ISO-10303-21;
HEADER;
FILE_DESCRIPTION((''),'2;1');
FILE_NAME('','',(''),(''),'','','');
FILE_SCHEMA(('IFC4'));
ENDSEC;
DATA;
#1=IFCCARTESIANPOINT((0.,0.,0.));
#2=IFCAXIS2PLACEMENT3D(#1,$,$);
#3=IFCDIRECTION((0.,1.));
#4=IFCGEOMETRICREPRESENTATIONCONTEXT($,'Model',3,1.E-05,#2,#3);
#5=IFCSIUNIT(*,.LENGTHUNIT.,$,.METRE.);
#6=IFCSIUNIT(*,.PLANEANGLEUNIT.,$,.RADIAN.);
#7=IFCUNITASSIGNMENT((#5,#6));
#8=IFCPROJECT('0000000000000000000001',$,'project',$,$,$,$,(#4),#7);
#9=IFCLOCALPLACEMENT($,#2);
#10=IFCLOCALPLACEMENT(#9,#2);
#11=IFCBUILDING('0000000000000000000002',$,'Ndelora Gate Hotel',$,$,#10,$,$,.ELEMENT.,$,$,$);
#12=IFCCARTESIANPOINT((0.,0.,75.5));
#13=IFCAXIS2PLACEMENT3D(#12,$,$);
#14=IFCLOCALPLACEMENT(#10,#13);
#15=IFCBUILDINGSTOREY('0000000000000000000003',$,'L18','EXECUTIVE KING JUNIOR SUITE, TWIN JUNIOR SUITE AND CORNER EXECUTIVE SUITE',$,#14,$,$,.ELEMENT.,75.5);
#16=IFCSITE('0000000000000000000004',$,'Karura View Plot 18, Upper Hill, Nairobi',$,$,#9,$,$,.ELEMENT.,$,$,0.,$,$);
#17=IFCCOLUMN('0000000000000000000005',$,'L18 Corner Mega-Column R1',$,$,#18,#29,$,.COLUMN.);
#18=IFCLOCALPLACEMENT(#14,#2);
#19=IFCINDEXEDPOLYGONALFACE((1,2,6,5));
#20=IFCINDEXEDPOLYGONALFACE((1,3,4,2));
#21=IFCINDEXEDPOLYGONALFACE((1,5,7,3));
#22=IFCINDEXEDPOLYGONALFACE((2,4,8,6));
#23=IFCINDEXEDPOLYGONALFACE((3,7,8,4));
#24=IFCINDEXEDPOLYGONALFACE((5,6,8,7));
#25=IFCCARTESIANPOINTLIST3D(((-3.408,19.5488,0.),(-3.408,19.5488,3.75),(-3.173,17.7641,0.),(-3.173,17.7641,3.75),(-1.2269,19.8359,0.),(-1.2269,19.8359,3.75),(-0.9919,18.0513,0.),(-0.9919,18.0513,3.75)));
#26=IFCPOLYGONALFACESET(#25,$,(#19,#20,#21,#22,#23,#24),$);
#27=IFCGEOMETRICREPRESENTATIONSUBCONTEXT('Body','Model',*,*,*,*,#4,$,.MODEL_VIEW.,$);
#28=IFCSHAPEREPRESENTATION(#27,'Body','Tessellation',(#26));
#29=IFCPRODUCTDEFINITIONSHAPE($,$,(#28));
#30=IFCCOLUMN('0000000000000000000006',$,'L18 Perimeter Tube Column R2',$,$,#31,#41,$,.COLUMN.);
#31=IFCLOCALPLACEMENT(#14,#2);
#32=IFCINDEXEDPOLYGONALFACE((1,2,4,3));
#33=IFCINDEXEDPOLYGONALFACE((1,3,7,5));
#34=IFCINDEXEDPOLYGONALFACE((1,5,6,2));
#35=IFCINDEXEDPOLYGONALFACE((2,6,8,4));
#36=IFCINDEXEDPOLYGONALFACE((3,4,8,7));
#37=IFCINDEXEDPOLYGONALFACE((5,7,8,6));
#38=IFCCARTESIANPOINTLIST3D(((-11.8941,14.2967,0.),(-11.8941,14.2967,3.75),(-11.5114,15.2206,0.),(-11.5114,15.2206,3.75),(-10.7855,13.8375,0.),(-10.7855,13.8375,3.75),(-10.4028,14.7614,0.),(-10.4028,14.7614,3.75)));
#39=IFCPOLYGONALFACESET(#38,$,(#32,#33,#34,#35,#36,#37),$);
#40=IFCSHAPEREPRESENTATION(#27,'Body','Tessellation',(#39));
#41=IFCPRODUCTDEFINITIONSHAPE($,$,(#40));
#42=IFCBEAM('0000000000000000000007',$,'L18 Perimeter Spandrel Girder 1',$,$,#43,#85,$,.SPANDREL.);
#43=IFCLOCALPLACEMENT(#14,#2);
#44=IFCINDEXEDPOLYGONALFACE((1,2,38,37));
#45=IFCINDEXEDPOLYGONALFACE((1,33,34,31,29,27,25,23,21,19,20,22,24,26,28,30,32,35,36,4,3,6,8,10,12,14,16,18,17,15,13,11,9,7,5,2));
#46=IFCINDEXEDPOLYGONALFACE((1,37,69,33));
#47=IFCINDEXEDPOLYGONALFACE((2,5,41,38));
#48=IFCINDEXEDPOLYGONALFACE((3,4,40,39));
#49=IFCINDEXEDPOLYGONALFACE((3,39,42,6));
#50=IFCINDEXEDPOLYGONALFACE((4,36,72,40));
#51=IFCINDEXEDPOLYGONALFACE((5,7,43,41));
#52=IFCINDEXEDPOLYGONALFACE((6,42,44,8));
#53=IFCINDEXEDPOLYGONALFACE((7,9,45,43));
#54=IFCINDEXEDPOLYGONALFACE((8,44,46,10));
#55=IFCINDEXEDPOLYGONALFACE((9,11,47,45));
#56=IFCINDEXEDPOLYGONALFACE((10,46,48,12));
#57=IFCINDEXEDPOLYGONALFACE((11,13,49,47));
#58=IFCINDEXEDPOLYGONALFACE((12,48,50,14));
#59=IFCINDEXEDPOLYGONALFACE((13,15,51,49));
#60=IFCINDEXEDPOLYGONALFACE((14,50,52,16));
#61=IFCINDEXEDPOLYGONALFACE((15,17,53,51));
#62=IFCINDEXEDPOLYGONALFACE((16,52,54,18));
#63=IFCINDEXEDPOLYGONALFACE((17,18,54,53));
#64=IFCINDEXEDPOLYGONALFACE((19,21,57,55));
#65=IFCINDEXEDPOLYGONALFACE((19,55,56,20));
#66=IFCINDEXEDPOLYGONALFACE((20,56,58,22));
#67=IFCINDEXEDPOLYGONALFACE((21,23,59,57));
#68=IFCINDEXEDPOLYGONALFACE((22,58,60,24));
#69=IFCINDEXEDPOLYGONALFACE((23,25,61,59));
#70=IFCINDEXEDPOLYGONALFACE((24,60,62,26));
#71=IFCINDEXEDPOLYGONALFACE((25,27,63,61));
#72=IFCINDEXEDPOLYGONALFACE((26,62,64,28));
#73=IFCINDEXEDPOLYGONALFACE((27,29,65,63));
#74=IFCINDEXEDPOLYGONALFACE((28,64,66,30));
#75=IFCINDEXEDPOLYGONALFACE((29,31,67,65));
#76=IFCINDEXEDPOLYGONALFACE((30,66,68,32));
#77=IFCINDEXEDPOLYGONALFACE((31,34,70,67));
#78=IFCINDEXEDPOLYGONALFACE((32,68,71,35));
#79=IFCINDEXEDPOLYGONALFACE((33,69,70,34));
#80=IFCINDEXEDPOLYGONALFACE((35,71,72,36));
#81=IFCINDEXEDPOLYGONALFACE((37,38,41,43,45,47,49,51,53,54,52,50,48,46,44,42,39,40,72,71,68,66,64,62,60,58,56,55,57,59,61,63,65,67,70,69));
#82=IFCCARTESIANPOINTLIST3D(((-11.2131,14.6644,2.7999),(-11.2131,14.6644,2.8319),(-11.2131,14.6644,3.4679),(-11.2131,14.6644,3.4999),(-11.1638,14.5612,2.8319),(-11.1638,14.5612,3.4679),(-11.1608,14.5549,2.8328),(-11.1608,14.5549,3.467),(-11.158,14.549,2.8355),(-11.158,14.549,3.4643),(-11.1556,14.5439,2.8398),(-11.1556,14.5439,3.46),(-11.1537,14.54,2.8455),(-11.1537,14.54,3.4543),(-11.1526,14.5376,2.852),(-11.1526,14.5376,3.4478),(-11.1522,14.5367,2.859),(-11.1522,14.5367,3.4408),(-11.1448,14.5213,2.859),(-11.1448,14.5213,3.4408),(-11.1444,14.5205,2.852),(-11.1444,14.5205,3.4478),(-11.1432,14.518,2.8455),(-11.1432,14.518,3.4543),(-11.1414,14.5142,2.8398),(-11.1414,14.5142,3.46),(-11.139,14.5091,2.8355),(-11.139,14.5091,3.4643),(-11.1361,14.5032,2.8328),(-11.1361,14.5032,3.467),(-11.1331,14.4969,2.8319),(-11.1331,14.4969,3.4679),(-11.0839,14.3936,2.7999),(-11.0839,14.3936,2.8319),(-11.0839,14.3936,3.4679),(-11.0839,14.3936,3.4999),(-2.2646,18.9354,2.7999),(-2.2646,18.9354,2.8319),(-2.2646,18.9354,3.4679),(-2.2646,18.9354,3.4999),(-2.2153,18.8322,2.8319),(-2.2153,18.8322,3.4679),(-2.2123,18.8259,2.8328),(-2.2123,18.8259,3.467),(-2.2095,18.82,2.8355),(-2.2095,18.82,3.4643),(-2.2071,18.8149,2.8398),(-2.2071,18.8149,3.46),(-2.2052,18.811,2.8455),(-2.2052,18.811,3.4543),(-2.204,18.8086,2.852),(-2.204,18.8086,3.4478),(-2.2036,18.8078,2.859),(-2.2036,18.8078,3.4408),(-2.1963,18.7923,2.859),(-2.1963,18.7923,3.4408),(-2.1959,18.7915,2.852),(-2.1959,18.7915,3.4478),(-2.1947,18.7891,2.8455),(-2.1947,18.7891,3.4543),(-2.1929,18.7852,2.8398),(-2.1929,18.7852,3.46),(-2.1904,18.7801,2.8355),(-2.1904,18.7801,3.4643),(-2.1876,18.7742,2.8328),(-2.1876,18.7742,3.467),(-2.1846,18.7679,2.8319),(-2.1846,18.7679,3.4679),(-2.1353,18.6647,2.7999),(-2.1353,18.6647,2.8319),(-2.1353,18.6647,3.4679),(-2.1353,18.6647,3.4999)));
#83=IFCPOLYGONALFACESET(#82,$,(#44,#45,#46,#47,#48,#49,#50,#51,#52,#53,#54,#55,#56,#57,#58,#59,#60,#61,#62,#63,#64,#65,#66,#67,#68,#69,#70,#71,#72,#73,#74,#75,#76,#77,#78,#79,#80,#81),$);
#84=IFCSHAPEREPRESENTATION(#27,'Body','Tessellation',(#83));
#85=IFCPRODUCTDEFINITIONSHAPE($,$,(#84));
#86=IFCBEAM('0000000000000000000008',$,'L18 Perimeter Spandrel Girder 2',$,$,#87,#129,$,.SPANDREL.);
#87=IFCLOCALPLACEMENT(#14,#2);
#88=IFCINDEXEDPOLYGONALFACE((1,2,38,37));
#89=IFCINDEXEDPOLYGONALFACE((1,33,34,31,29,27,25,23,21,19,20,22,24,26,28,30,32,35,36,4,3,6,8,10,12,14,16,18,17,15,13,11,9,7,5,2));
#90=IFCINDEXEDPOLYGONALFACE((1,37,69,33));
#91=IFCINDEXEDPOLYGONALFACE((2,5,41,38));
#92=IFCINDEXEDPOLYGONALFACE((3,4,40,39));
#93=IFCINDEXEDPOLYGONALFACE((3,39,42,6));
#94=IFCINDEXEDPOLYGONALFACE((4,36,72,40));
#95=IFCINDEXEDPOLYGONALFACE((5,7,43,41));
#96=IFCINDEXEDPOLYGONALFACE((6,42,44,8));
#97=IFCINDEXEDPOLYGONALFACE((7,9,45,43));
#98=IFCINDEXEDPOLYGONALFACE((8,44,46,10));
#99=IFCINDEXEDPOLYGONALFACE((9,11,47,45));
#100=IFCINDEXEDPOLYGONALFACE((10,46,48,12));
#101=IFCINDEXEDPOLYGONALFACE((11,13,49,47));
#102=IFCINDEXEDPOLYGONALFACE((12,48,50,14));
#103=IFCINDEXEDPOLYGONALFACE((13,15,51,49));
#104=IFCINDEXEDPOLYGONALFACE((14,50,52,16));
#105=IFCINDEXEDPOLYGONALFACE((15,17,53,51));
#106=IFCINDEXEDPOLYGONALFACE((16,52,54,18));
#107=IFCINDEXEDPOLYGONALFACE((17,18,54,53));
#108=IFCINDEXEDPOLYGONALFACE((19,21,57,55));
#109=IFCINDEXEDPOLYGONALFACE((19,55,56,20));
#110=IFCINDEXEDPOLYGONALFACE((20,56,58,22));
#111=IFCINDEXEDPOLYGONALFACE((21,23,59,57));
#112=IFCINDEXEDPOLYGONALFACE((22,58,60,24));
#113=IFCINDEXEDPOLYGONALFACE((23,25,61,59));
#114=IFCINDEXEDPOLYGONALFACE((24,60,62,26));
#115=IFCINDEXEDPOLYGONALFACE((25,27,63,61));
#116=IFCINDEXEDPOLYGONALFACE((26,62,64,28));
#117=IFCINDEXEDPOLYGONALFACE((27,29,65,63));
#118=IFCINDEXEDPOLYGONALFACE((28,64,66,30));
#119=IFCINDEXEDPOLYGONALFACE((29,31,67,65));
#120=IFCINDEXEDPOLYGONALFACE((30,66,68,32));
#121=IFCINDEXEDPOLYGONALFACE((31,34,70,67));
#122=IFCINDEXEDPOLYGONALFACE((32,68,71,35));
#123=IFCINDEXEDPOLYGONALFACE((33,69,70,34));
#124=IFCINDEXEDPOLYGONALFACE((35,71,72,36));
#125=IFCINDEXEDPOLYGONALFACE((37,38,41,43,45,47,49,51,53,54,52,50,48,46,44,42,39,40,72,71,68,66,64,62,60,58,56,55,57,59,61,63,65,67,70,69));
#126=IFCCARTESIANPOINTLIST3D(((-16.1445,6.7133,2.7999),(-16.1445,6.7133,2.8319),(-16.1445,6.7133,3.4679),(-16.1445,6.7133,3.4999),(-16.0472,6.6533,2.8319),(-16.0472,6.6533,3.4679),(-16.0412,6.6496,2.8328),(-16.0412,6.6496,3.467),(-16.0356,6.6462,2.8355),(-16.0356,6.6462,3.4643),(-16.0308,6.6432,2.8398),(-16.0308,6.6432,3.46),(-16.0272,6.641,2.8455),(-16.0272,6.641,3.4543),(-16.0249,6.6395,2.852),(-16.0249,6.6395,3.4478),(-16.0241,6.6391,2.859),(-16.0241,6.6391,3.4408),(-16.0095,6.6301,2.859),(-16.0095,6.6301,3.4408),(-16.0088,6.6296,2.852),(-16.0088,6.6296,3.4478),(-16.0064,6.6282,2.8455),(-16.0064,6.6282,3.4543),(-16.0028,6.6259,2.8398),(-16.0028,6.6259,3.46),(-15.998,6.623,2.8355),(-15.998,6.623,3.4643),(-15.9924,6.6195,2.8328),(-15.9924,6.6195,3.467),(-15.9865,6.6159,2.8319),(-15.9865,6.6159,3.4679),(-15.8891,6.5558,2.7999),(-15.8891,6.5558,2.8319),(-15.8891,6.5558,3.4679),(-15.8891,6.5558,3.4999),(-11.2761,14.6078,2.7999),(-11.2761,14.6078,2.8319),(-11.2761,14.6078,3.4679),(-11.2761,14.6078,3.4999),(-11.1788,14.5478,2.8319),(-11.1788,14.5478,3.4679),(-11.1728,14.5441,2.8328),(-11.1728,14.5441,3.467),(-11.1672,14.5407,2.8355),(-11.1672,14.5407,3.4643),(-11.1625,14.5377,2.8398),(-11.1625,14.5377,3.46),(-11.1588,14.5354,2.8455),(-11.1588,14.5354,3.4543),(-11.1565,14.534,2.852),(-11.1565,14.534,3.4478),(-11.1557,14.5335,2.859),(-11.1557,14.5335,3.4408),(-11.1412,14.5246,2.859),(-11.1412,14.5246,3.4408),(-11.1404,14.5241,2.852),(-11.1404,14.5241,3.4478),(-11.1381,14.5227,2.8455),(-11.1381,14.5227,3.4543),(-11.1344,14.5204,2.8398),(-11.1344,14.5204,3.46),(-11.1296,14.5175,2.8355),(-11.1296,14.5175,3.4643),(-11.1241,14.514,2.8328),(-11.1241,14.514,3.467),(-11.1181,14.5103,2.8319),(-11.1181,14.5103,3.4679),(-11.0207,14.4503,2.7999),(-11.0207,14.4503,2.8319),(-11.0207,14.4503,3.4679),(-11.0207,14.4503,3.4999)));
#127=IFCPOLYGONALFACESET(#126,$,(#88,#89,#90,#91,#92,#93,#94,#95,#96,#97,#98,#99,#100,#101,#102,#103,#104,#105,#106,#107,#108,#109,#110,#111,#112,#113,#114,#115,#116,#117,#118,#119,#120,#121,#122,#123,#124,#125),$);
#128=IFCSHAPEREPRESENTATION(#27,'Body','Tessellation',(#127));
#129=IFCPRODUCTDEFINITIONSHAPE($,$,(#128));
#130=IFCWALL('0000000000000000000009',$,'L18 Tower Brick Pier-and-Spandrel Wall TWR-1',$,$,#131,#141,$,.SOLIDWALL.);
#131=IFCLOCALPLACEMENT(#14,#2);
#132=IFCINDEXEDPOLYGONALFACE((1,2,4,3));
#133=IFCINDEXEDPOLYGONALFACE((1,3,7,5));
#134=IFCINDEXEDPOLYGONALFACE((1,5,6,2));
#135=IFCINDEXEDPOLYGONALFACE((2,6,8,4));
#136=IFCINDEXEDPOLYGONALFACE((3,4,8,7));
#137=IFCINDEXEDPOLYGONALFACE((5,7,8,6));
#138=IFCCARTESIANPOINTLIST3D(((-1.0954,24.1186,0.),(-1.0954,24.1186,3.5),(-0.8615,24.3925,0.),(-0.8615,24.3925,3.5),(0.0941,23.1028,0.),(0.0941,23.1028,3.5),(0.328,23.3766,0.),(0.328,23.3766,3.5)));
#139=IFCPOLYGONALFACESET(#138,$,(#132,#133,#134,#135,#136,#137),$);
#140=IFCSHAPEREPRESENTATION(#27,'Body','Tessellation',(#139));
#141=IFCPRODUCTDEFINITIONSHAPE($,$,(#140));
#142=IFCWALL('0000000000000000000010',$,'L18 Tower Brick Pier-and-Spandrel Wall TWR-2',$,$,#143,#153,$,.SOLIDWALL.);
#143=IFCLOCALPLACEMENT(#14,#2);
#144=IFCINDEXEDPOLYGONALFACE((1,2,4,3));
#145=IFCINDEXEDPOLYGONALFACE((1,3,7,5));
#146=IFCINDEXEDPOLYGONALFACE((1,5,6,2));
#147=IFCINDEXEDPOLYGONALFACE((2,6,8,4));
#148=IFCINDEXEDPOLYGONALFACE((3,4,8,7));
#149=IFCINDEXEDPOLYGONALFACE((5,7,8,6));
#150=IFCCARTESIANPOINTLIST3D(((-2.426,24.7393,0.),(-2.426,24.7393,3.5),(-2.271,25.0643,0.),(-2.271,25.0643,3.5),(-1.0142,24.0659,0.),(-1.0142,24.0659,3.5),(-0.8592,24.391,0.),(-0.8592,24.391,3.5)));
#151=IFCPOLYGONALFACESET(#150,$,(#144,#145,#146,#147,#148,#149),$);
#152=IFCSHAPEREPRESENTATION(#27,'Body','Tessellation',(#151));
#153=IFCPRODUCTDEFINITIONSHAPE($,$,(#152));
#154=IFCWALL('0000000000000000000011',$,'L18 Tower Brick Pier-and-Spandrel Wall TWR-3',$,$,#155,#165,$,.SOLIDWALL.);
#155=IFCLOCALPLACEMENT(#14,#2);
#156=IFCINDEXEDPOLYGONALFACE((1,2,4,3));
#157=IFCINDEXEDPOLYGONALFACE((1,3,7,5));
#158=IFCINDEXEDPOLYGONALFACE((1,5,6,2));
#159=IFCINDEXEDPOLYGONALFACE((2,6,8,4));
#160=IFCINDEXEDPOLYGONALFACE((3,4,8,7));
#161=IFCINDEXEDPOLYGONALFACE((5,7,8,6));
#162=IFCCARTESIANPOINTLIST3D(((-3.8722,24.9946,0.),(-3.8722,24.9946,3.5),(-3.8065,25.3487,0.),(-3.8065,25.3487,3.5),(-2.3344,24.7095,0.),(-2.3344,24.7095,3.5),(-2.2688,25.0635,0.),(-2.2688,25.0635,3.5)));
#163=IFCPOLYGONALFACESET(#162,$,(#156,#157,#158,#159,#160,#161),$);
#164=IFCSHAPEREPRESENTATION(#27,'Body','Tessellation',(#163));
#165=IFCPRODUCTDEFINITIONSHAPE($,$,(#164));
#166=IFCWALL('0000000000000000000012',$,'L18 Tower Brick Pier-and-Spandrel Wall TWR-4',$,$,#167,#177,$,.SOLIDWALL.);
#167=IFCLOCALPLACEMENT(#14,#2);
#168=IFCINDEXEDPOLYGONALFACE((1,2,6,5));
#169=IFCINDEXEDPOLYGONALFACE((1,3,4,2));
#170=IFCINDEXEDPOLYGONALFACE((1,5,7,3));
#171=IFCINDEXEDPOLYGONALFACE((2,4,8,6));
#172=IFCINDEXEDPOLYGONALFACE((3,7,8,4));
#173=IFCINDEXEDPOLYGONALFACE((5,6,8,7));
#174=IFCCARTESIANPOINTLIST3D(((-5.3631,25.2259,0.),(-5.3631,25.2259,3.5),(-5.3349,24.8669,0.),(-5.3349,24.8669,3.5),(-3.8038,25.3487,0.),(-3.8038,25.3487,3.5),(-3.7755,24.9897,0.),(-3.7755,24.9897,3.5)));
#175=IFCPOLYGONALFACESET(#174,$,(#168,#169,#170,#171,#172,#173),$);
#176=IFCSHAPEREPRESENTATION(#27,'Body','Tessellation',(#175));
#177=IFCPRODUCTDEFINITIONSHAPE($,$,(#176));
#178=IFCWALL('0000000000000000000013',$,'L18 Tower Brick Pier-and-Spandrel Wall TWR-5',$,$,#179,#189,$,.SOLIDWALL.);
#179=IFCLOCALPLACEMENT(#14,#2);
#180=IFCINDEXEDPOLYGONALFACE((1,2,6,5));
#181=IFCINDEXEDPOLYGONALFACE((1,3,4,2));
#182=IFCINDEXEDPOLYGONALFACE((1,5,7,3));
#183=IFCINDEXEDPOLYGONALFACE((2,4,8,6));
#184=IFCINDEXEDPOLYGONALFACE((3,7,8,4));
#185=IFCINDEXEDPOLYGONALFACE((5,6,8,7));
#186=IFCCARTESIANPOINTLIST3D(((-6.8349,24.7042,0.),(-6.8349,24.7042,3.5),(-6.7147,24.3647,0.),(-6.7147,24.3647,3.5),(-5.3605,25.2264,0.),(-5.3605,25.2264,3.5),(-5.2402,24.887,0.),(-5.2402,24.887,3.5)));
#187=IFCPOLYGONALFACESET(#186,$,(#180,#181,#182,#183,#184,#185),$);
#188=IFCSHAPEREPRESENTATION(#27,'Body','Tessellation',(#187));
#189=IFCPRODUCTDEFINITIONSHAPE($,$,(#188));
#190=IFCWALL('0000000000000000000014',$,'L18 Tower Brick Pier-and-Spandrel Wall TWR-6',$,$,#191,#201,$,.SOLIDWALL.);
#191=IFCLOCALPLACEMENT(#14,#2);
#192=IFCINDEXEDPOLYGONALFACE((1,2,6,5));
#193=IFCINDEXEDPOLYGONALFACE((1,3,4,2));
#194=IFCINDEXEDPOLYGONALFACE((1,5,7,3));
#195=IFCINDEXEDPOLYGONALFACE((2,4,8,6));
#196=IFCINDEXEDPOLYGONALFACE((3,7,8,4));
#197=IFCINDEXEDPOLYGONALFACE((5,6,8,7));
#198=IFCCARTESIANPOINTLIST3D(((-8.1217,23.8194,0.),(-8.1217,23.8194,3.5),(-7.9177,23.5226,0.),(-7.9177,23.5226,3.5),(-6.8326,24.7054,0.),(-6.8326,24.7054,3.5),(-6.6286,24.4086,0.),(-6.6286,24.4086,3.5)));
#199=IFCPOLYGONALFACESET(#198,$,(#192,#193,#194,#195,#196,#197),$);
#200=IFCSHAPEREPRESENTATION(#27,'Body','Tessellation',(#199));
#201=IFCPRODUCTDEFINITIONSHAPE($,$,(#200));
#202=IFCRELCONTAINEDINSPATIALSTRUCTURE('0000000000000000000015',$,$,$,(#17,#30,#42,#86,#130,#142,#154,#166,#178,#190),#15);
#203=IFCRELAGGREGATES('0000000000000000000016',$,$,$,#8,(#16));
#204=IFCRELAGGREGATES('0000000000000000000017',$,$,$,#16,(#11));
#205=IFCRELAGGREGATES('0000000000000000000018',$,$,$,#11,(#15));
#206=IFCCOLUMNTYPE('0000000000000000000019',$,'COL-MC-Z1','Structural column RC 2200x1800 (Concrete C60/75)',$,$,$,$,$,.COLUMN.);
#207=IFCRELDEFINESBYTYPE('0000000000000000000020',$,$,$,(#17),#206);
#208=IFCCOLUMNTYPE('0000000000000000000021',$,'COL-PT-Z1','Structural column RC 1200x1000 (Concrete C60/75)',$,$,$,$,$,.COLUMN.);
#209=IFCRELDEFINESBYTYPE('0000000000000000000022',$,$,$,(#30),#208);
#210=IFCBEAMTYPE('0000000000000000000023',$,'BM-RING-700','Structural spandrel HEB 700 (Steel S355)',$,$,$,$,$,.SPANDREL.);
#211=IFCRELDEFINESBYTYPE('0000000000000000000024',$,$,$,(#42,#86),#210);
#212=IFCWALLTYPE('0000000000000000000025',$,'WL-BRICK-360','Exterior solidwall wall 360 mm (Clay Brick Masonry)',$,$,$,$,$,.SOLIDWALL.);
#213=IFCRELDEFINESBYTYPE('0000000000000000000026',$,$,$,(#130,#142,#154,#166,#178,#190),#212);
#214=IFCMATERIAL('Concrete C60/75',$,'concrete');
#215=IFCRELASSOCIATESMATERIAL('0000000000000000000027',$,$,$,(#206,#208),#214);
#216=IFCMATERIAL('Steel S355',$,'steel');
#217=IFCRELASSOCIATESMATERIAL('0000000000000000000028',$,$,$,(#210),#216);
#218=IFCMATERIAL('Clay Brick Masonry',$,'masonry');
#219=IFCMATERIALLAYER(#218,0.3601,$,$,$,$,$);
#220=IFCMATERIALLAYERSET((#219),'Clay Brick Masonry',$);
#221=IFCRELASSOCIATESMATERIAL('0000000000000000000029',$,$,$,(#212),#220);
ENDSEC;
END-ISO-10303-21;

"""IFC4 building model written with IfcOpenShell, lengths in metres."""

from ifc_helpers import new_model, si_unit, direction, frame, frame_2d, origin, origin_2d, place, context, subcontext, project, spatial, rectangle, i_section, extrude, material, layer, layer_set, material_profile, profile_set, type_object, element, save


model = new_model("IFC4")

# Units and contexts
model_context = context("Model", 3, precision=1e-05, world=origin(), true_north=direction((0.0, 1.0)))
body_context = subcontext(model_context, "Body", "Model", "MODEL_VIEW")
ifc_project = project(units=[si_unit("LENGTHUNIT", "METRE"), si_unit("PLANEANGLEUNIT", "RADIAN")], contexts=[model_context])

# Site, building, storey
site_placement = place(None, origin())
site = spatial("IfcSite", under=ifc_project, at=site_placement, Name="Karura View Plot 18, Upper Hill, Nairobi", CompositionType="ELEMENT", RefElevation=0.0)
building_placement = place(site_placement, origin())
building = spatial("IfcBuilding", under=site, at=building_placement, Name="Ndelora Gate Hotel", CompositionType="ELEMENT")
storey_placement = place(building_placement, frame((0.0, 0.0, 75.5)))
storey = spatial("IfcBuildingStorey", under=building, at=storey_placement, Name="L18", Description="EXECUTIVE KING JUNIOR SUITE, TWIN JUNIOR SUITE AND CORNER EXECUTIVE SUITE", CompositionType="ELEMENT", Elevation=75.5)

# Columns
ifc_material_1 = material(Name="Concrete C60/75", Category="concrete")
ifc_material_profile_1 = material_profile(ifc_material_1, rectangle(XDim=1.8, YDim=2.2, at=origin_2d()), Name="RC 2200x1800")
ifc_profile_set_1 = profile_set([ifc_material_profile_1], Name="Concrete C60/75")
column_type_1 = type_object("IfcColumnType", Name="COL-MC-Z1", Description="Structural column RC 2200x1800 (Concrete C60/75)", PredefinedType="COLUMN", material=ifc_profile_set_1)
column_1_placement = place(storey_placement, frame((-2.2, 18.8, 0.0), z_axis=(0.0, 0.0, 1.0), x_axis=(-0.130526, 0.991445, 0.0)))
element("IfcColumn", 1, at=column_1_placement, inside=storey, type_object=column_type_1, Name="L18 Corner Mega-Column R1", PredefinedType="COLUMN", context=body_context, shape_type="SweptSolid", body=[
    extrude(rectangle(XDim=1.8, YDim=2.2, at=origin_2d()), origin(), (0.0, 0.0, 1.0), 3.75),
])
ifc_material_profile_2 = material_profile(ifc_material_1, rectangle(XDim=1.0, YDim=1.2, at=origin_2d()), Name="RC 1200x1000")
ifc_profile_set_2 = profile_set([ifc_material_profile_2], Name="Concrete C60/75")
column_type_2 = type_object("IfcColumnType", Name="COL-PT-Z1", Description="Structural column RC 1200x1000 (Concrete C60/75)", PredefinedType="COLUMN", material=ifc_profile_set_2)
column_2_placement = place(storey_placement, frame((-11.1484, 14.5291, 0.0), z_axis=(0.0, 0.0, 1.0), x_axis=(0.382683, 0.92388, 0.0)))
element("IfcColumn", 2, at=column_2_placement, inside=storey, type_object=column_type_2, Name="L18 Perimeter Tube Column R2", PredefinedType="COLUMN", context=body_context, shape_type="SweptSolid", body=[
    extrude(rectangle(XDim=1.0, YDim=1.2, at=origin_2d()), origin(), (0.0, 0.0, 1.0), 3.75),
])

# Beams
ifc_material_2 = material(Name="Steel S355", Category="steel")
ifc_material_profile_3 = material_profile(ifc_material_2, i_section(OverallWidth=0.3, OverallDepth=0.7, WebThickness=0.0171, FlangeThickness=0.032, FilletRadius=0.0271, at=origin_2d()), Name="HEB 700")
ifc_profile_set_3 = profile_set([ifc_material_profile_3], Name="Steel S355")
beam_type = type_object("IfcBeamType", Name="BM-RING-700", Description="Structural spandrel HEB 700 (Steel S355)", PredefinedType="SPANDREL", material=ifc_profile_set_3)
beam_1_placement = place(storey_placement, frame((-2.2, 18.8, 3.1499), z_axis=(-0.902476, -0.43074, 0.0), x_axis=(0.43074, -0.902476, 0.0)))
element("IfcBeam", 3, at=beam_1_placement, inside=storey, type_object=beam_type, Name="L18 Perimeter Spandrel Girder 1", PredefinedType="SPANDREL", context=body_context, shape_type="SweptSolid", body=[
    extrude(i_section(OverallWidth=0.3, OverallDepth=0.7, WebThickness=0.0171, FlangeThickness=0.032, FilletRadius=0.0271, at=origin_2d()), origin(), (0.0, 0.0, 1.0), 9.9155),
])
beam_2_placement = place(storey_placement, frame((-11.1484, 14.5291, 3.1499), z_axis=(-0.524898, -0.851165, 0.0), x_axis=(0.851165, -0.524898, 0.0)))
element("IfcBeam", 4, at=beam_2_placement, inside=storey, type_object=beam_type, Name="L18 Perimeter Spandrel Girder 2", PredefinedType="SPANDREL", context=body_context, shape_type="SweptSolid", body=[
    extrude(i_section(OverallWidth=0.3, OverallDepth=0.7, WebThickness=0.0171, FlangeThickness=0.032, FilletRadius=0.0271, at=origin_2d()), origin(), (0.0, 0.0, 1.0), 9.2749),
])

# Walls
ifc_material_3 = material(Name="Clay Brick Masonry", Category="masonry")
ifc_layer_1 = layer(ifc_material_3, 0.3601)
ifc_layer_set_1 = layer_set([ifc_layer_1], Name="Clay Brick Masonry")
wall_type = type_object("IfcWallType", Name="WL-BRICK-360", Description="Exterior solidwall wall 360 mm (Clay Brick Masonry)", PredefinedType="SOLIDWALL", material=ifc_layer_set_1)
for number, where, z_axis, x_axis, name in (
    (5, (-0.9785, 24.2556, 0.0), (0.0, 0.0, 1.0), (0.760412, -0.649441, 0.0), "L18 Tower Brick Pier-and-Spandrel Wall TWR-1"),
    (6, (-2.3486, 24.9019, 0.0), (0.0, 0.0, 1.0), (0.902606, -0.430467, 0.0), "L18 Tower Brick Pier-and-Spandrel Wall TWR-2"),
):
    element("IfcWall", number, at=place(storey_placement, frame(where, z_axis=z_axis, x_axis=x_axis)), inside=storey, type_object=wall_type, Name=name, PredefinedType="SOLIDWALL", context=body_context, shape_type="SweptSolid", body=[
        extrude(rectangle(XDim=1.5642, YDim=0.3601, at=frame_2d((0.7822, 0.0))), origin(), (0.0, 0.0, 1.0), 3.5),
    ])
wall_1_placement = place(storey_placement, frame((-3.8394, 25.1716, 0.0), z_axis=(0.0, 0.0, 1.0), x_axis=(0.98324, -0.182318, 0.0)))
element("IfcWall", 7, at=wall_1_placement, inside=storey, type_object=wall_type, Name="L18 Tower Brick Pier-and-Spandrel Wall TWR-3", PredefinedType="SOLIDWALL", context=body_context, shape_type="SweptSolid", body=[
    extrude(rectangle(XDim=1.564, YDim=0.3601, at=frame_2d((0.782, 0.0))), origin(), (0.0, 0.0, 1.0), 3.5),
])
for number, where, z_axis, x_axis, name in (
    (8, (-5.3491, 25.0464, 0.0), (0.0, 0.0, 1.0), (0.996913, 0.078511, 0.0), "L18 Tower Brick Pier-and-Spandrel Wall TWR-4"),
    (9, (-6.7749, 24.5344, 0.0), (0.0, 0.0, 1.0), (0.942618, 0.333873, 0.0), "L18 Tower Brick Pier-and-Spandrel Wall TWR-5"),
    (10, (-8.0198, 23.6709, 0.0), (0.0, 0.0, 1.0), (0.824115, 0.566423, 0.0), "L18 Tower Brick Pier-and-Spandrel Wall TWR-6"),
):
    element("IfcWall", number, at=place(storey_placement, frame(where, z_axis=z_axis, x_axis=x_axis)), inside=storey, type_object=wall_type, Name=name, PredefinedType="SOLIDWALL", context=body_context, shape_type="SweptSolid", body=[
        extrude(rectangle(XDim=1.5642, YDim=0.3601, at=frame_2d((0.7822, 0.0))), origin(), (0.0, 0.0, 1.0), 3.5),
    ])

save(model, "model.ifc")
